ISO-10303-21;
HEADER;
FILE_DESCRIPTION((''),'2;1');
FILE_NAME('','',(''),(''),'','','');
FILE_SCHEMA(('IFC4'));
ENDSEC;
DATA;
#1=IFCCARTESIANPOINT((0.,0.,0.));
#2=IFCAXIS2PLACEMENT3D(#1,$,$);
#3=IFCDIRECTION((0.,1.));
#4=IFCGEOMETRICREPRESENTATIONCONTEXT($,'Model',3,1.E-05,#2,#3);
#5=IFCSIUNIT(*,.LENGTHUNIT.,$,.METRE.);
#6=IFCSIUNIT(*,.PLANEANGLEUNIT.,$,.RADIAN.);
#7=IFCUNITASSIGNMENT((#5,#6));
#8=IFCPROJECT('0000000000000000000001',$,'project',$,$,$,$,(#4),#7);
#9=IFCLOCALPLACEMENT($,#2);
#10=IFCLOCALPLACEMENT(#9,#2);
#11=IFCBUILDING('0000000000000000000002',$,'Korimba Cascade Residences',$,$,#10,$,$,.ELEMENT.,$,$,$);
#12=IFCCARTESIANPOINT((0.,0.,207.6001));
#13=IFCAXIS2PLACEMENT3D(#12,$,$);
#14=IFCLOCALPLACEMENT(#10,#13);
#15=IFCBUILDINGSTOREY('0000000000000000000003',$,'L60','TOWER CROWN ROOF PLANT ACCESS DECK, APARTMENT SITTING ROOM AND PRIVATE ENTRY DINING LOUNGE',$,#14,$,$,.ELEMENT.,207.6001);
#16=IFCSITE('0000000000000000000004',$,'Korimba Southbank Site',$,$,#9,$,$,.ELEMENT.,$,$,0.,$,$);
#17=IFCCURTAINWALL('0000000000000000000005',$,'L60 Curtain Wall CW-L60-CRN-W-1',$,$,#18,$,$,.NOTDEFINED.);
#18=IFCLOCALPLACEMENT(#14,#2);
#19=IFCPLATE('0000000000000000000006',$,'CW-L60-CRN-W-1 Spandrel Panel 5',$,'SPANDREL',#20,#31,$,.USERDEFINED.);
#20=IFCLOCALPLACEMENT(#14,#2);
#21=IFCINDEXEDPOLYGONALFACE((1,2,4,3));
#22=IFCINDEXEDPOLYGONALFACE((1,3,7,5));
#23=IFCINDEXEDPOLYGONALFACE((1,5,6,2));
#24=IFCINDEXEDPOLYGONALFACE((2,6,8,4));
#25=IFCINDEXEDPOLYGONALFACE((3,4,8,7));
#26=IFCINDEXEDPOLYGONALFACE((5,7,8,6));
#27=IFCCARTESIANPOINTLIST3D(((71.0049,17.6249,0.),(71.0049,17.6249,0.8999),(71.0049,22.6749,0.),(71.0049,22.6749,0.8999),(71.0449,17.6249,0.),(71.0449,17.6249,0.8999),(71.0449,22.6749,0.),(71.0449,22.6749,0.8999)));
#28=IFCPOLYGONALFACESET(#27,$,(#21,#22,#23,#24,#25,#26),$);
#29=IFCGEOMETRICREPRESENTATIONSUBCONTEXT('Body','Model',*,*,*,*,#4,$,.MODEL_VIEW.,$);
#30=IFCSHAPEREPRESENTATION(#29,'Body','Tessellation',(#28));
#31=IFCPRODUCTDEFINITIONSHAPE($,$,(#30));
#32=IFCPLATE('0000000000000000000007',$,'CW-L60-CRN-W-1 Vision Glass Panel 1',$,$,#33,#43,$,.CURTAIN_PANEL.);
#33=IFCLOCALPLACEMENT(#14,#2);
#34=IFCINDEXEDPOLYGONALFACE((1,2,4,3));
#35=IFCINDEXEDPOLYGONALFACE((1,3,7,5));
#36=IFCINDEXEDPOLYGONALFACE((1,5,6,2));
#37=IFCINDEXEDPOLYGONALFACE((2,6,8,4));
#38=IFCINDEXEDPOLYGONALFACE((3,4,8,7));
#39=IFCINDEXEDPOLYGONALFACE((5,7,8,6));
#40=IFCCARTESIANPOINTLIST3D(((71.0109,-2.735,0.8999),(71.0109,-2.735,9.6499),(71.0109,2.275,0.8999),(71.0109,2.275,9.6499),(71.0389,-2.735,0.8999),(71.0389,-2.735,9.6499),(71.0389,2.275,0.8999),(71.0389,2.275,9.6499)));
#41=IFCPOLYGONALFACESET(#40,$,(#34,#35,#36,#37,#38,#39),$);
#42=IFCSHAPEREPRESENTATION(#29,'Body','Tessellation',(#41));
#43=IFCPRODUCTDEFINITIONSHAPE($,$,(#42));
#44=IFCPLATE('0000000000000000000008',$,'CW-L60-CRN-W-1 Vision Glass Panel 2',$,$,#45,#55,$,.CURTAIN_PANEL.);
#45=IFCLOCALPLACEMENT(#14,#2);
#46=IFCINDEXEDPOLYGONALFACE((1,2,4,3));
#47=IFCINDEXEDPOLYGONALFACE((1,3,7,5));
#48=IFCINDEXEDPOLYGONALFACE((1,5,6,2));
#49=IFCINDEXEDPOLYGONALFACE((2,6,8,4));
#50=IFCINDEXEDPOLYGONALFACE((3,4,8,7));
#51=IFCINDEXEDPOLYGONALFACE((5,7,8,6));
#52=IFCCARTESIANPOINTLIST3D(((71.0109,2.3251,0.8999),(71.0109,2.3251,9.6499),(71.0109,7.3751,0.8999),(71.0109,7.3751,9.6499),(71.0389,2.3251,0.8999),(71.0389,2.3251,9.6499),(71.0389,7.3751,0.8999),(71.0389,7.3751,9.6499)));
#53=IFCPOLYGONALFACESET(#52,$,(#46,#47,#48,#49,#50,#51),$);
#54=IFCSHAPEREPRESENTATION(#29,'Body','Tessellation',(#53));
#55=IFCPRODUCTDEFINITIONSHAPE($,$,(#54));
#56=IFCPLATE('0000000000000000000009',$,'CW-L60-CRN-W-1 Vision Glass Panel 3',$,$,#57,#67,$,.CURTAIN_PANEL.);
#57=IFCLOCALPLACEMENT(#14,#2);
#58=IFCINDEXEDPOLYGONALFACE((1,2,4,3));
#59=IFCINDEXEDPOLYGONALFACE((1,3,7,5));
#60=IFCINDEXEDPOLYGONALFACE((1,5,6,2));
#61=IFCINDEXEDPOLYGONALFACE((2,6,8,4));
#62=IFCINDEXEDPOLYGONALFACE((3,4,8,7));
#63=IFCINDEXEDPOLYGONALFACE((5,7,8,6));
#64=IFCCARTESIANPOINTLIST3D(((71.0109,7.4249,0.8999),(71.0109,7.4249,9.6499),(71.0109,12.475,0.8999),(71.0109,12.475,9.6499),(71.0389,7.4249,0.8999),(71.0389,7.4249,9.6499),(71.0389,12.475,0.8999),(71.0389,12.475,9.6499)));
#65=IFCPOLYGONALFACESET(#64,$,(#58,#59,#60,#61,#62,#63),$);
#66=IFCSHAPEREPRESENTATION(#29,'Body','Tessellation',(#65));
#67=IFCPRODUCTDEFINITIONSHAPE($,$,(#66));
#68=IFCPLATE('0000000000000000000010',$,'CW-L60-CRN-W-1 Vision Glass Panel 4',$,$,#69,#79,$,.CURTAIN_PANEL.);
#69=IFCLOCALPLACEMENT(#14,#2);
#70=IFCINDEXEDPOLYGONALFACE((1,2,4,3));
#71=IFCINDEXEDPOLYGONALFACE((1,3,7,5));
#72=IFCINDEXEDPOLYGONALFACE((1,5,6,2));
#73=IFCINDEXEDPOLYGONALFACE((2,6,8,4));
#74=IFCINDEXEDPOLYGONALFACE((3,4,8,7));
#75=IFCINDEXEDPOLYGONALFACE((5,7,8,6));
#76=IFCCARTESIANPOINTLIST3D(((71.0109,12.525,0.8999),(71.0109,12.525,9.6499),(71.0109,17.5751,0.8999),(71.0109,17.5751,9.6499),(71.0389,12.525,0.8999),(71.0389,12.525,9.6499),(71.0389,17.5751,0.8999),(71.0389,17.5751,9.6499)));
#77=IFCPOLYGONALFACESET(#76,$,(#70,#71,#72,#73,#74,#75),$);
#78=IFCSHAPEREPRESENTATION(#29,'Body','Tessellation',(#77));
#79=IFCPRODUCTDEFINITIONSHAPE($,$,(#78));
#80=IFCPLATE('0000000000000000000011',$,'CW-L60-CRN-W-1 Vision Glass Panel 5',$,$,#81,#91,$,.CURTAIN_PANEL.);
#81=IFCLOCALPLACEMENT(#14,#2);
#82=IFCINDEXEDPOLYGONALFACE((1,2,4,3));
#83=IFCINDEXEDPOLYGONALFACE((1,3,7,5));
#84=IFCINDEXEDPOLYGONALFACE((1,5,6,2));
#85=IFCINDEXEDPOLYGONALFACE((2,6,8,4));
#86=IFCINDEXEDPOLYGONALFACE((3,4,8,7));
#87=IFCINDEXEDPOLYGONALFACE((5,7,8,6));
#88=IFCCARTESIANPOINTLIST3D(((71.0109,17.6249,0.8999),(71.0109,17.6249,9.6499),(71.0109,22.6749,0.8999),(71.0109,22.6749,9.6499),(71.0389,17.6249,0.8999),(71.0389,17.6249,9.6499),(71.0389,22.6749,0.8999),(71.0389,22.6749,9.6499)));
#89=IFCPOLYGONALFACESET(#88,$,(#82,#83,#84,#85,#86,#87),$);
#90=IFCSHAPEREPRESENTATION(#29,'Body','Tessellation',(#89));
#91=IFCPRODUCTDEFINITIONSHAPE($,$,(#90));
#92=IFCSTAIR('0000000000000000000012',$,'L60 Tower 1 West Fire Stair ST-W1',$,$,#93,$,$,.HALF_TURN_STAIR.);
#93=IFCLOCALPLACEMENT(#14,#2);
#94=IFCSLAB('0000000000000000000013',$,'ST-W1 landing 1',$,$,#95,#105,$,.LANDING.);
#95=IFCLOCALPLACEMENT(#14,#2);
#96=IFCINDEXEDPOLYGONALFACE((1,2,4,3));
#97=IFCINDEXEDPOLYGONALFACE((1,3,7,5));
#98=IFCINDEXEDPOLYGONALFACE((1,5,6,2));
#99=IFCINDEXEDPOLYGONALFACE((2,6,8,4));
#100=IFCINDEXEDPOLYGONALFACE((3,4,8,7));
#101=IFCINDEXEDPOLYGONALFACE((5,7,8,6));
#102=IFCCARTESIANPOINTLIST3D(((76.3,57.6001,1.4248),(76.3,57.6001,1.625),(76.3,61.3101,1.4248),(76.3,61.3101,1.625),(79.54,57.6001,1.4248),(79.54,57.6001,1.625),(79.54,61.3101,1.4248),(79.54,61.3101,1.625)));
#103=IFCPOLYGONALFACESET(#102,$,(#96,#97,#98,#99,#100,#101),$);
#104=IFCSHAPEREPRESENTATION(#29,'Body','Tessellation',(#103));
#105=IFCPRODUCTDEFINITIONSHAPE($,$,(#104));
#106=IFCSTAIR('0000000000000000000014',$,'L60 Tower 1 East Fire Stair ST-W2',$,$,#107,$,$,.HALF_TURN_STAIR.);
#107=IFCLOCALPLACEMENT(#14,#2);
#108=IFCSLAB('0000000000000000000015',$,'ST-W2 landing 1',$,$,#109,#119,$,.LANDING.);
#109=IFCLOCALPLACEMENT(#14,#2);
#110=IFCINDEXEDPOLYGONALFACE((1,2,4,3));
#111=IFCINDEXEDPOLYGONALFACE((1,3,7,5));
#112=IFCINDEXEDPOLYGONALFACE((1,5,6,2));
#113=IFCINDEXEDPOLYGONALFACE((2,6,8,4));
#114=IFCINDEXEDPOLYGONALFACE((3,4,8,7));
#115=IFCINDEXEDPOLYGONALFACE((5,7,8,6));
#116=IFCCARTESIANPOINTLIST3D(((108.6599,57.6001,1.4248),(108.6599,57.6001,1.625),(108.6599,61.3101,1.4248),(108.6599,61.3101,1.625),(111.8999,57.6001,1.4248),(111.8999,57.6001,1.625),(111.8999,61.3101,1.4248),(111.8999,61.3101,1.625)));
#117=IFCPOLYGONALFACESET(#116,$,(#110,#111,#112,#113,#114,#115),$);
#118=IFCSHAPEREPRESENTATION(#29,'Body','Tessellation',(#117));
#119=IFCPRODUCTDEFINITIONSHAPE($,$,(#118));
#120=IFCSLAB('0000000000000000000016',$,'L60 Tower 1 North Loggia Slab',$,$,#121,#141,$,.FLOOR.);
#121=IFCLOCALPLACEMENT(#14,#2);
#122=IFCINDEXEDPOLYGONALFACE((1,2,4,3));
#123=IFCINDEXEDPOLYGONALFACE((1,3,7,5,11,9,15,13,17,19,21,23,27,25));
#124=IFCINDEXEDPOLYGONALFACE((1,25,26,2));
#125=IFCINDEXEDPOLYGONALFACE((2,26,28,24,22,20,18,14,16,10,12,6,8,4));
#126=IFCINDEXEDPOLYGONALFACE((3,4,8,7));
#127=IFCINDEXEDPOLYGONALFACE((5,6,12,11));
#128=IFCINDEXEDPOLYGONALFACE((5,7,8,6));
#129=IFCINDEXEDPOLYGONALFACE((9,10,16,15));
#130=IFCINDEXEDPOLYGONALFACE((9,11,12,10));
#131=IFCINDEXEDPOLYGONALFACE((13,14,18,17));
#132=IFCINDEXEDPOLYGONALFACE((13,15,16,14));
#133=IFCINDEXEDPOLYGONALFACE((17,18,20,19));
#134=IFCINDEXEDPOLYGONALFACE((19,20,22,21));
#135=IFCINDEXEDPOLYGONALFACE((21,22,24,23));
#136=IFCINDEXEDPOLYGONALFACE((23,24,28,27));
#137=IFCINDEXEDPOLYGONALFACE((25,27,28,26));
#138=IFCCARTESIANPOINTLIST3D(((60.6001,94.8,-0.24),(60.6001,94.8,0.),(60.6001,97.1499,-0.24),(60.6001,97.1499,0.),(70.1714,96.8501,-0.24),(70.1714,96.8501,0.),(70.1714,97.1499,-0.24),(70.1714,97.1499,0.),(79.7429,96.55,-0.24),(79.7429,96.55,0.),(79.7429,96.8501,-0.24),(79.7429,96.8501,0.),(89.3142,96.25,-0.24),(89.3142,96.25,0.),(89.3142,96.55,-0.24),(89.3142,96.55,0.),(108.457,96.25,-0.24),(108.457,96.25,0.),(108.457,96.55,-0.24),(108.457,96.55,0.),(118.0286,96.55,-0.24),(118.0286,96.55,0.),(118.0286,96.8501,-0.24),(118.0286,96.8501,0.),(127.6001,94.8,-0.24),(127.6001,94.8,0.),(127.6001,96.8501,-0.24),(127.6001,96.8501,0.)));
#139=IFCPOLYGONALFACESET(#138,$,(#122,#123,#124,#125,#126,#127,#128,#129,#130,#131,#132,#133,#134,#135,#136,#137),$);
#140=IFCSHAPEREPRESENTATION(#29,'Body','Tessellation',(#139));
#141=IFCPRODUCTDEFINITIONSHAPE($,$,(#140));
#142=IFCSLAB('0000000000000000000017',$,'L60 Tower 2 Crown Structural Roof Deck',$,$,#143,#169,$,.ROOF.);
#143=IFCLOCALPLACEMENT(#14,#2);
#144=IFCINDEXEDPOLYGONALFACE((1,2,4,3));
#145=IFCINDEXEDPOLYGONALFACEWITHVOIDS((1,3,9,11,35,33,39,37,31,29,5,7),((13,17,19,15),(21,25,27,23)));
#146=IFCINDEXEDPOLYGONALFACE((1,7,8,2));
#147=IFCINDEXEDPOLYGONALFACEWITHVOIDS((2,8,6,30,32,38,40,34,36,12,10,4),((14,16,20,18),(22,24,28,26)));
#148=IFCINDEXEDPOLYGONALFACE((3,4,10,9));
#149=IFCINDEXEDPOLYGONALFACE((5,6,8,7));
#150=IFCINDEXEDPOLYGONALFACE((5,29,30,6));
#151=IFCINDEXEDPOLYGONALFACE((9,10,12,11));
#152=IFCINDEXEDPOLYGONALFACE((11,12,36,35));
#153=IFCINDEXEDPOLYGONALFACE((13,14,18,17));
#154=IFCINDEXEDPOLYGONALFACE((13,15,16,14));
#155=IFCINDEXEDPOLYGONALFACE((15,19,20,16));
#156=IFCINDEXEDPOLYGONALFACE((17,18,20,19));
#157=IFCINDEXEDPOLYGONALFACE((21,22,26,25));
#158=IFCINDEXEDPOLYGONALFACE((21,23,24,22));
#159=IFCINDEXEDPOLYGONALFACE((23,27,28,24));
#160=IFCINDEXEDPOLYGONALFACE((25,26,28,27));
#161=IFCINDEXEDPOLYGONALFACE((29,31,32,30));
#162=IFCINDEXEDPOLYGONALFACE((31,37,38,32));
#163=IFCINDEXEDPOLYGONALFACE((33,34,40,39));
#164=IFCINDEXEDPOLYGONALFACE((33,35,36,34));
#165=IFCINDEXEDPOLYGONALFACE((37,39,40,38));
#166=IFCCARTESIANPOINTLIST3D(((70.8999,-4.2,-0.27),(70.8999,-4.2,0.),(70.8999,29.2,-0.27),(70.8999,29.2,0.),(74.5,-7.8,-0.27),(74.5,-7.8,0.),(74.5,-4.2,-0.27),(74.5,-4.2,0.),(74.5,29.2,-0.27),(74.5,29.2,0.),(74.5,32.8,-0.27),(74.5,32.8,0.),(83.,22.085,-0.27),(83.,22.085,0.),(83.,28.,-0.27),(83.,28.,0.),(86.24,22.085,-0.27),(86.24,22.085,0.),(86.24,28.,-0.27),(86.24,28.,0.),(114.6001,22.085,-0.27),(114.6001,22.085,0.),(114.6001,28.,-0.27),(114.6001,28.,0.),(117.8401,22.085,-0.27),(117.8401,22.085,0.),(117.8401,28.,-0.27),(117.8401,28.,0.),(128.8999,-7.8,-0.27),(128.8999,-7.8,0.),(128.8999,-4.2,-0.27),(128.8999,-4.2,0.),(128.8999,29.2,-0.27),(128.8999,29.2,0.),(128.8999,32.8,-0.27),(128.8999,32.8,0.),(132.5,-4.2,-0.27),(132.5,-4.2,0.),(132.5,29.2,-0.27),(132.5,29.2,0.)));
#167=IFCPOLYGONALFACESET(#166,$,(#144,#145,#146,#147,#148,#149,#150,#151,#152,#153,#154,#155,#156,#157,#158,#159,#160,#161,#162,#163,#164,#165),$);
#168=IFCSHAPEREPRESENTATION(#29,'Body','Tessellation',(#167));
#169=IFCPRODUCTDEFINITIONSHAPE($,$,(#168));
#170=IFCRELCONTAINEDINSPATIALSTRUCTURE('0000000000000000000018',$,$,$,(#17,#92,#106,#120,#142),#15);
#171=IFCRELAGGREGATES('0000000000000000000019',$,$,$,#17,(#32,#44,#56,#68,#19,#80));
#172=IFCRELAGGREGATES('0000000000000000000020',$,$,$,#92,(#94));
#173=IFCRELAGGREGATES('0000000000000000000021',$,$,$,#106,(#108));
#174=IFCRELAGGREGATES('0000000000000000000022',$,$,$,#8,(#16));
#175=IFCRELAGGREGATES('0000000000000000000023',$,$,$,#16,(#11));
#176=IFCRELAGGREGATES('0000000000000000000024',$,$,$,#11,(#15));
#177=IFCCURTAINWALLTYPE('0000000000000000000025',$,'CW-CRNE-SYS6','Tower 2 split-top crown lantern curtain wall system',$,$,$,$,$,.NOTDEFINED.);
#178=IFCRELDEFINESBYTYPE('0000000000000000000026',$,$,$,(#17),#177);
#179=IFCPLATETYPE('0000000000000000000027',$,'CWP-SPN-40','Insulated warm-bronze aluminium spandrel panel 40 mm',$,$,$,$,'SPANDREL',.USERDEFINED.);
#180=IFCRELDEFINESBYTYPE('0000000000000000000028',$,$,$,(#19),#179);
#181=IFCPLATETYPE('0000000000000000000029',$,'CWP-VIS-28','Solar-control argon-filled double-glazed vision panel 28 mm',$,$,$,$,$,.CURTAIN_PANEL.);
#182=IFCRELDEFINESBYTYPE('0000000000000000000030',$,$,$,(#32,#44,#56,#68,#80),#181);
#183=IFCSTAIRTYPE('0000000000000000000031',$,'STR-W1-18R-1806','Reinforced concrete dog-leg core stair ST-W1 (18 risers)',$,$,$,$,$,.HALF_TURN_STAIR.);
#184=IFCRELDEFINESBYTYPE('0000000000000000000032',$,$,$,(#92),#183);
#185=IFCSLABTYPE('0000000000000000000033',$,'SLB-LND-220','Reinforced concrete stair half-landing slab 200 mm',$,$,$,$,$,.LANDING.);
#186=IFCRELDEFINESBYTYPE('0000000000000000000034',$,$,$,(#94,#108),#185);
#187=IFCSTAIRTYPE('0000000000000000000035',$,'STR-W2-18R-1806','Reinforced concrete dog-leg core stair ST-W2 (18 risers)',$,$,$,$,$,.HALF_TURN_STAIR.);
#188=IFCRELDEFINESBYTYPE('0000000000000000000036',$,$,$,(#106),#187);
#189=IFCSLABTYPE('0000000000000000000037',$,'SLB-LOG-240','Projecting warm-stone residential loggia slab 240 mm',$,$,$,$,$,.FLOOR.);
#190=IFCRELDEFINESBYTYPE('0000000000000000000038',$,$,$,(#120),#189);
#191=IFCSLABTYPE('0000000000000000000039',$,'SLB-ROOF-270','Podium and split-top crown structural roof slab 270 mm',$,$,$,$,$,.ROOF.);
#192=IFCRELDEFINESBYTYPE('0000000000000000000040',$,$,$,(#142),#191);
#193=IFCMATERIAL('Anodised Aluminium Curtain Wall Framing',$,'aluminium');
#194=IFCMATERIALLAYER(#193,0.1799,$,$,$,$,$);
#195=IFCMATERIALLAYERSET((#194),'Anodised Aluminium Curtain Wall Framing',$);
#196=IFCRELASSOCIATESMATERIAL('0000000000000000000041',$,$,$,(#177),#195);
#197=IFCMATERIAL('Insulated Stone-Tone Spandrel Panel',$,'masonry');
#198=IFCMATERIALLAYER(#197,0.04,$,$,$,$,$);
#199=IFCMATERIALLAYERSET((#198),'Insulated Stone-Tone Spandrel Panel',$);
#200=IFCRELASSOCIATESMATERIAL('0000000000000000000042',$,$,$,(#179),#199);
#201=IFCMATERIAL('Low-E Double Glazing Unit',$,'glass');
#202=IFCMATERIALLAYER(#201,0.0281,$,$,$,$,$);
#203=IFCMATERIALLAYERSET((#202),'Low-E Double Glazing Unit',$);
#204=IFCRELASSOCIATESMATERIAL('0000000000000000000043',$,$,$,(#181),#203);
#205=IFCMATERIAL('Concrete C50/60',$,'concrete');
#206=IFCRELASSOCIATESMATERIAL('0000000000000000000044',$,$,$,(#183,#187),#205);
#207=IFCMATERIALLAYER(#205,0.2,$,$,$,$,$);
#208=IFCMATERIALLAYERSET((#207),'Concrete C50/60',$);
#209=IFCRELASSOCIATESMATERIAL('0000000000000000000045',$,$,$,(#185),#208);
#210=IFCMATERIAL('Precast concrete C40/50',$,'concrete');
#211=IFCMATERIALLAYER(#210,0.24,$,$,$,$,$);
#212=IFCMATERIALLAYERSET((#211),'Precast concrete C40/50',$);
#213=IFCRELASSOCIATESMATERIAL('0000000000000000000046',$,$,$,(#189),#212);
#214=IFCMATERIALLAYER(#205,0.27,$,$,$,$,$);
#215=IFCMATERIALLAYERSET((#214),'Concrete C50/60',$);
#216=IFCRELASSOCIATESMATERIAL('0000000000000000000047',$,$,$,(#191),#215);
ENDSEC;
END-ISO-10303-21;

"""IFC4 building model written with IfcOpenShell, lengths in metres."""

from ifc_helpers import new_model, si_unit, direction, frame, origin, origin_2d, place, context, subcontext, project, spatial, polyline, rectangle, outline, extrude, material, layer, layer_set, type_object, element, aggregate, save


model = new_model("IFC4")

# Units and contexts
model_context = context("Model", 3, precision=1e-05, world=origin(), true_north=direction((0.0, 1.0)))
body_context = subcontext(model_context, "Body", "Model", "MODEL_VIEW")
ifc_project = project(units=[si_unit("LENGTHUNIT", "METRE"), si_unit("PLANEANGLEUNIT", "RADIAN")], contexts=[model_context])

# Site, building, storey
site_placement = place(None, origin())
site = spatial("IfcSite", under=ifc_project, at=site_placement, Name="Korimba Southbank Site", CompositionType="ELEMENT", RefElevation=0.0)
building_placement = place(site_placement, origin())
building = spatial("IfcBuilding", under=site, at=building_placement, Name="Korimba Cascade Residences", CompositionType="ELEMENT")
storey_placement = place(building_placement, frame((0.0, 0.0, 207.6001)))
storey = spatial("IfcBuildingStorey", under=building, at=storey_placement, Name="L60", Description="TOWER CROWN ROOF PLANT ACCESS DECK, APARTMENT SITTING ROOM AND PRIVATE ENTRY DINING LOUNGE", CompositionType="ELEMENT", Elevation=207.6001)

# Curtain wall, plates
ifc_material_1 = material(Name="Anodised Aluminium Curtain Wall Framing", Category="aluminium")
ifc_layer_1 = layer(ifc_material_1, 0.1799)
ifc_layer_set_1 = layer_set([ifc_layer_1], Name="Anodised Aluminium Curtain Wall Framing")
curtain_wall_type = type_object("IfcCurtainWallType", Name="CW-CRNE-SYS6", Description="Tower 2 split-top crown lantern curtain wall system", PredefinedType="NOTDEFINED", material=ifc_layer_set_1)
curtain_wall_placement = place(storey_placement, origin())
curtain_wall = element("IfcCurtainWall", 1, at=curtain_wall_placement, inside=storey, type_object=curtain_wall_type, Name="L60 Curtain Wall CW-L60-CRN-W-1", PredefinedType="NOTDEFINED")
ifc_material_2 = material(Name="Insulated Stone-Tone Spandrel Panel", Category="masonry")
ifc_layer_2 = layer(ifc_material_2, 0.04)
ifc_layer_set_2 = layer_set([ifc_layer_2], Name="Insulated Stone-Tone Spandrel Panel")
plate_type_1 = type_object("IfcPlateType", Name="CWP-SPN-40", Description="Insulated warm-bronze aluminium spandrel panel 40 mm", ElementType="SPANDREL", PredefinedType="USERDEFINED", material=ifc_layer_set_2)
plate_1_placement = place(storey_placement, frame((71.0249, 20.1499, 0.0), z_axis=(0.0, 0.0, 1.0), x_axis=(0.0, 1.0, 0.0)))
plate_1 = element("IfcPlate", 2, at=plate_1_placement, type_object=plate_type_1, Name="CW-L60-CRN-W-1 Spandrel Panel 5", ObjectType="SPANDREL", PredefinedType="USERDEFINED", context=body_context, shape_type="SweptSolid", body=[
    extrude(rectangle(XDim=5.05, YDim=0.04, at=origin_2d()), origin(), (0.0, 0.0, 1.0), 0.8999),
])
ifc_material_3 = material(Name="Low-E Double Glazing Unit", Category="glass")
ifc_layer_3 = layer(ifc_material_3, 0.0281)
ifc_layer_set_3 = layer_set([ifc_layer_3], Name="Low-E Double Glazing Unit")
plate_type_2 = type_object("IfcPlateType", Name="CWP-VIS-28", Description="Solar-control argon-filled double-glazed vision panel 28 mm", PredefinedType="CURTAIN_PANEL", material=ifc_layer_set_3)
plate_2_placement = place(storey_placement, frame((71.0249, -0.23, 0.8999), z_axis=(0.0, 0.0, 1.0), x_axis=(0.0, 1.0, 0.0)))
plate_2 = element("IfcPlate", 3, at=plate_2_placement, type_object=plate_type_2, Name="CW-L60-CRN-W-1 Vision Glass Panel 1", PredefinedType="CURTAIN_PANEL", context=body_context, shape_type="SweptSolid", body=[
    extrude(rectangle(XDim=5.01, YDim=0.0281, at=origin_2d()), origin(), (0.0, 0.0, 1.0), 8.75),
])
plate_3_placement = place(storey_placement, frame((71.0249, 4.8501, 0.8999), z_axis=(0.0, 0.0, 1.0), x_axis=(0.0, 1.0, 0.0)))
plate_3 = element("IfcPlate", 4, at=plate_3_placement, type_object=plate_type_2, Name="CW-L60-CRN-W-1 Vision Glass Panel 2", PredefinedType="CURTAIN_PANEL", context=body_context, shape_type="SweptSolid", body=[
    extrude(rectangle(XDim=5.05, YDim=0.0281, at=origin_2d()), origin(), (0.0, 0.0, 1.0), 8.75),
])
plate_4_placement = place(storey_placement, frame((71.0249, 9.95, 0.8999), z_axis=(0.0, 0.0, 1.0), x_axis=(0.0, 1.0, 0.0)))
plate_4 = element("IfcPlate", 5, at=plate_4_placement, type_object=plate_type_2, Name="CW-L60-CRN-W-1 Vision Glass Panel 3", PredefinedType="CURTAIN_PANEL", context=body_context, shape_type="SweptSolid", body=[
    extrude(rectangle(XDim=5.05, YDim=0.0281, at=origin_2d()), origin(), (0.0, 0.0, 1.0), 8.75),
])
plate_5_placement = place(storey_placement, frame((71.0249, 15.05, 0.8999), z_axis=(0.0, 0.0, 1.0), x_axis=(0.0, 1.0, 0.0)))
plate_5 = element("IfcPlate", 6, at=plate_5_placement, type_object=plate_type_2, Name="CW-L60-CRN-W-1 Vision Glass Panel 4", PredefinedType="CURTAIN_PANEL", context=body_context, shape_type="SweptSolid", body=[
    extrude(rectangle(XDim=5.05, YDim=0.0281, at=origin_2d()), origin(), (0.0, 0.0, 1.0), 8.75),
])
plate_6_placement = place(storey_placement, frame((71.0249, 20.1499, 0.8999), z_axis=(0.0, 0.0, 1.0), x_axis=(0.0, 1.0, 0.0)))
plate_6 = element("IfcPlate", 7, at=plate_6_placement, type_object=plate_type_2, Name="CW-L60-CRN-W-1 Vision Glass Panel 5", PredefinedType="CURTAIN_PANEL", context=body_context, shape_type="SweptSolid", body=[
    extrude(rectangle(XDim=5.05, YDim=0.0281, at=origin_2d()), origin(), (0.0, 0.0, 1.0), 8.75),
])
aggregate(curtain_wall, [plate_2, plate_3, plate_4, plate_5, plate_1, plate_6])

# Stairs, slabs
ifc_material_4 = material(Name="Concrete C50/60", Category="concrete")
stair_type_1 = type_object("IfcStairType", Name="STR-W1-18R-1806", Description="Reinforced concrete dog-leg core stair ST-W1 (18 risers)", PredefinedType="HALF_TURN_STAIR", material=ifc_material_4)
stair_1_placement = place(storey_placement, origin())
stair_1 = element("IfcStair", 8, at=stair_1_placement, inside=storey, type_object=stair_type_1, Name="L60 Tower 1 West Fire Stair ST-W1", PredefinedType="HALF_TURN_STAIR")
ifc_layer_4 = layer(ifc_material_4, 0.2)
ifc_layer_set_4 = layer_set([ifc_layer_4], Name="Concrete C50/60")
slab_type_1 = type_object("IfcSlabType", Name="SLB-LND-220", Description="Reinforced concrete stair half-landing slab 200 mm", PredefinedType="LANDING", material=ifc_layer_set_4)
slab_1_placement = place(storey_placement, frame((0.0, 0.0, 1.4248)))
slab_1 = element("IfcSlab", 9, at=slab_1_placement, type_object=slab_type_1, Name="ST-W1 landing 1", PredefinedType="LANDING", context=body_context, shape_type="SweptSolid", body=[
    extrude(outline(polyline([(76.3, 61.3101), (76.3, 57.6001), (79.54, 57.6001), (79.54, 61.3101), (76.3, 61.3101)])), origin(), (0.0, 0.0, 1.0), 0.2002),
])
aggregate(stair_1, [slab_1])
stair_type_2 = type_object("IfcStairType", Name="STR-W2-18R-1806", Description="Reinforced concrete dog-leg core stair ST-W2 (18 risers)", PredefinedType="HALF_TURN_STAIR", material=ifc_material_4)
stair_2_placement = place(storey_placement, origin())
stair_2 = element("IfcStair", 10, at=stair_2_placement, inside=storey, type_object=stair_type_2, Name="L60 Tower 1 East Fire Stair ST-W2", PredefinedType="HALF_TURN_STAIR")
slab_2_placement = place(storey_placement, frame((0.0, 0.0, 1.4248)))
slab_2 = element("IfcSlab", 11, at=slab_2_placement, type_object=slab_type_1, Name="ST-W2 landing 1", PredefinedType="LANDING", context=body_context, shape_type="SweptSolid", body=[
    extrude(outline(polyline([(108.6599, 61.3101), (108.6599, 57.6001), (111.8999, 57.6001), (111.8999, 61.3101), (108.6599, 61.3101)])), origin(), (0.0, 0.0, 1.0), 0.2002),
])
aggregate(stair_2, [slab_2])

# Slabs
ifc_material_5 = material(Name="Precast concrete C40/50", Category="concrete")
ifc_layer_5 = layer(ifc_material_5, 0.24)
ifc_layer_set_5 = layer_set([ifc_layer_5], Name="Precast concrete C40/50")
slab_type_2 = type_object("IfcSlabType", Name="SLB-LOG-240", Description="Projecting warm-stone residential loggia slab 240 mm", PredefinedType="FLOOR", material=ifc_layer_set_5)
slab_3_placement = place(storey_placement, frame((0.0, 0.0, -0.24)))
element("IfcSlab", 12, at=slab_3_placement, inside=storey, type_object=slab_type_2, Name="L60 Tower 1 North Loggia Slab", PredefinedType="FLOOR", context=body_context, shape_type="SweptSolid", body=[
    extrude(outline(polyline([(60.6001, 94.8), (127.6001, 94.8), (127.6001, 96.8501), (118.0286, 96.8501), (118.0286, 96.55), (108.457, 96.55), (108.457, 96.25), (89.3142, 96.25), (89.3142, 96.55), (79.7429, 96.55), (79.7429, 96.8501), (70.1714, 96.8501), (70.1714, 97.1499), (60.6001, 97.1499), (60.6001, 94.8)])), origin(), (0.0, 0.0, 1.0), 0.24),
])
ifc_layer_6 = layer(ifc_material_4, 0.27)
ifc_layer_set_6 = layer_set([ifc_layer_6], Name="Concrete C50/60")
slab_type_3 = type_object("IfcSlabType", Name="SLB-ROOF-270", Description="Podium and split-top crown structural roof slab 270 mm", PredefinedType="ROOF", material=ifc_layer_set_6)
slab_4_placement = place(storey_placement, frame((0.0, 0.0, -0.27)))
element("IfcSlab", 13, at=slab_4_placement, inside=storey, type_object=slab_type_3, Name="L60 Tower 2 Crown Structural Roof Deck", PredefinedType="ROOF", context=body_context, shape_type="SweptSolid", body=[
    extrude(outline(polyline([(74.5, -7.8), (128.8999, -7.8), (128.8999, -4.2), (132.5, -4.2), (132.5, 29.2), (128.8999, 29.2), (128.8999, 32.8), (74.5, 32.8), (74.5, 29.2), (70.8999, 29.2), (70.8999, -4.2), (74.5, -4.2), (74.5, -7.8)]), holes=[polyline([(86.24, 22.085), (86.24, 28.0), (83.0, 28.0), (83.0, 22.085), (86.24, 22.085)]), polyline([(117.8401, 22.085), (117.8401, 28.0), (114.6001, 28.0), (114.6001, 22.085), (117.8401, 22.085)])]), origin(), (0.0, 0.0, 1.0), 0.27),
])

save(model, "model.ifc")
